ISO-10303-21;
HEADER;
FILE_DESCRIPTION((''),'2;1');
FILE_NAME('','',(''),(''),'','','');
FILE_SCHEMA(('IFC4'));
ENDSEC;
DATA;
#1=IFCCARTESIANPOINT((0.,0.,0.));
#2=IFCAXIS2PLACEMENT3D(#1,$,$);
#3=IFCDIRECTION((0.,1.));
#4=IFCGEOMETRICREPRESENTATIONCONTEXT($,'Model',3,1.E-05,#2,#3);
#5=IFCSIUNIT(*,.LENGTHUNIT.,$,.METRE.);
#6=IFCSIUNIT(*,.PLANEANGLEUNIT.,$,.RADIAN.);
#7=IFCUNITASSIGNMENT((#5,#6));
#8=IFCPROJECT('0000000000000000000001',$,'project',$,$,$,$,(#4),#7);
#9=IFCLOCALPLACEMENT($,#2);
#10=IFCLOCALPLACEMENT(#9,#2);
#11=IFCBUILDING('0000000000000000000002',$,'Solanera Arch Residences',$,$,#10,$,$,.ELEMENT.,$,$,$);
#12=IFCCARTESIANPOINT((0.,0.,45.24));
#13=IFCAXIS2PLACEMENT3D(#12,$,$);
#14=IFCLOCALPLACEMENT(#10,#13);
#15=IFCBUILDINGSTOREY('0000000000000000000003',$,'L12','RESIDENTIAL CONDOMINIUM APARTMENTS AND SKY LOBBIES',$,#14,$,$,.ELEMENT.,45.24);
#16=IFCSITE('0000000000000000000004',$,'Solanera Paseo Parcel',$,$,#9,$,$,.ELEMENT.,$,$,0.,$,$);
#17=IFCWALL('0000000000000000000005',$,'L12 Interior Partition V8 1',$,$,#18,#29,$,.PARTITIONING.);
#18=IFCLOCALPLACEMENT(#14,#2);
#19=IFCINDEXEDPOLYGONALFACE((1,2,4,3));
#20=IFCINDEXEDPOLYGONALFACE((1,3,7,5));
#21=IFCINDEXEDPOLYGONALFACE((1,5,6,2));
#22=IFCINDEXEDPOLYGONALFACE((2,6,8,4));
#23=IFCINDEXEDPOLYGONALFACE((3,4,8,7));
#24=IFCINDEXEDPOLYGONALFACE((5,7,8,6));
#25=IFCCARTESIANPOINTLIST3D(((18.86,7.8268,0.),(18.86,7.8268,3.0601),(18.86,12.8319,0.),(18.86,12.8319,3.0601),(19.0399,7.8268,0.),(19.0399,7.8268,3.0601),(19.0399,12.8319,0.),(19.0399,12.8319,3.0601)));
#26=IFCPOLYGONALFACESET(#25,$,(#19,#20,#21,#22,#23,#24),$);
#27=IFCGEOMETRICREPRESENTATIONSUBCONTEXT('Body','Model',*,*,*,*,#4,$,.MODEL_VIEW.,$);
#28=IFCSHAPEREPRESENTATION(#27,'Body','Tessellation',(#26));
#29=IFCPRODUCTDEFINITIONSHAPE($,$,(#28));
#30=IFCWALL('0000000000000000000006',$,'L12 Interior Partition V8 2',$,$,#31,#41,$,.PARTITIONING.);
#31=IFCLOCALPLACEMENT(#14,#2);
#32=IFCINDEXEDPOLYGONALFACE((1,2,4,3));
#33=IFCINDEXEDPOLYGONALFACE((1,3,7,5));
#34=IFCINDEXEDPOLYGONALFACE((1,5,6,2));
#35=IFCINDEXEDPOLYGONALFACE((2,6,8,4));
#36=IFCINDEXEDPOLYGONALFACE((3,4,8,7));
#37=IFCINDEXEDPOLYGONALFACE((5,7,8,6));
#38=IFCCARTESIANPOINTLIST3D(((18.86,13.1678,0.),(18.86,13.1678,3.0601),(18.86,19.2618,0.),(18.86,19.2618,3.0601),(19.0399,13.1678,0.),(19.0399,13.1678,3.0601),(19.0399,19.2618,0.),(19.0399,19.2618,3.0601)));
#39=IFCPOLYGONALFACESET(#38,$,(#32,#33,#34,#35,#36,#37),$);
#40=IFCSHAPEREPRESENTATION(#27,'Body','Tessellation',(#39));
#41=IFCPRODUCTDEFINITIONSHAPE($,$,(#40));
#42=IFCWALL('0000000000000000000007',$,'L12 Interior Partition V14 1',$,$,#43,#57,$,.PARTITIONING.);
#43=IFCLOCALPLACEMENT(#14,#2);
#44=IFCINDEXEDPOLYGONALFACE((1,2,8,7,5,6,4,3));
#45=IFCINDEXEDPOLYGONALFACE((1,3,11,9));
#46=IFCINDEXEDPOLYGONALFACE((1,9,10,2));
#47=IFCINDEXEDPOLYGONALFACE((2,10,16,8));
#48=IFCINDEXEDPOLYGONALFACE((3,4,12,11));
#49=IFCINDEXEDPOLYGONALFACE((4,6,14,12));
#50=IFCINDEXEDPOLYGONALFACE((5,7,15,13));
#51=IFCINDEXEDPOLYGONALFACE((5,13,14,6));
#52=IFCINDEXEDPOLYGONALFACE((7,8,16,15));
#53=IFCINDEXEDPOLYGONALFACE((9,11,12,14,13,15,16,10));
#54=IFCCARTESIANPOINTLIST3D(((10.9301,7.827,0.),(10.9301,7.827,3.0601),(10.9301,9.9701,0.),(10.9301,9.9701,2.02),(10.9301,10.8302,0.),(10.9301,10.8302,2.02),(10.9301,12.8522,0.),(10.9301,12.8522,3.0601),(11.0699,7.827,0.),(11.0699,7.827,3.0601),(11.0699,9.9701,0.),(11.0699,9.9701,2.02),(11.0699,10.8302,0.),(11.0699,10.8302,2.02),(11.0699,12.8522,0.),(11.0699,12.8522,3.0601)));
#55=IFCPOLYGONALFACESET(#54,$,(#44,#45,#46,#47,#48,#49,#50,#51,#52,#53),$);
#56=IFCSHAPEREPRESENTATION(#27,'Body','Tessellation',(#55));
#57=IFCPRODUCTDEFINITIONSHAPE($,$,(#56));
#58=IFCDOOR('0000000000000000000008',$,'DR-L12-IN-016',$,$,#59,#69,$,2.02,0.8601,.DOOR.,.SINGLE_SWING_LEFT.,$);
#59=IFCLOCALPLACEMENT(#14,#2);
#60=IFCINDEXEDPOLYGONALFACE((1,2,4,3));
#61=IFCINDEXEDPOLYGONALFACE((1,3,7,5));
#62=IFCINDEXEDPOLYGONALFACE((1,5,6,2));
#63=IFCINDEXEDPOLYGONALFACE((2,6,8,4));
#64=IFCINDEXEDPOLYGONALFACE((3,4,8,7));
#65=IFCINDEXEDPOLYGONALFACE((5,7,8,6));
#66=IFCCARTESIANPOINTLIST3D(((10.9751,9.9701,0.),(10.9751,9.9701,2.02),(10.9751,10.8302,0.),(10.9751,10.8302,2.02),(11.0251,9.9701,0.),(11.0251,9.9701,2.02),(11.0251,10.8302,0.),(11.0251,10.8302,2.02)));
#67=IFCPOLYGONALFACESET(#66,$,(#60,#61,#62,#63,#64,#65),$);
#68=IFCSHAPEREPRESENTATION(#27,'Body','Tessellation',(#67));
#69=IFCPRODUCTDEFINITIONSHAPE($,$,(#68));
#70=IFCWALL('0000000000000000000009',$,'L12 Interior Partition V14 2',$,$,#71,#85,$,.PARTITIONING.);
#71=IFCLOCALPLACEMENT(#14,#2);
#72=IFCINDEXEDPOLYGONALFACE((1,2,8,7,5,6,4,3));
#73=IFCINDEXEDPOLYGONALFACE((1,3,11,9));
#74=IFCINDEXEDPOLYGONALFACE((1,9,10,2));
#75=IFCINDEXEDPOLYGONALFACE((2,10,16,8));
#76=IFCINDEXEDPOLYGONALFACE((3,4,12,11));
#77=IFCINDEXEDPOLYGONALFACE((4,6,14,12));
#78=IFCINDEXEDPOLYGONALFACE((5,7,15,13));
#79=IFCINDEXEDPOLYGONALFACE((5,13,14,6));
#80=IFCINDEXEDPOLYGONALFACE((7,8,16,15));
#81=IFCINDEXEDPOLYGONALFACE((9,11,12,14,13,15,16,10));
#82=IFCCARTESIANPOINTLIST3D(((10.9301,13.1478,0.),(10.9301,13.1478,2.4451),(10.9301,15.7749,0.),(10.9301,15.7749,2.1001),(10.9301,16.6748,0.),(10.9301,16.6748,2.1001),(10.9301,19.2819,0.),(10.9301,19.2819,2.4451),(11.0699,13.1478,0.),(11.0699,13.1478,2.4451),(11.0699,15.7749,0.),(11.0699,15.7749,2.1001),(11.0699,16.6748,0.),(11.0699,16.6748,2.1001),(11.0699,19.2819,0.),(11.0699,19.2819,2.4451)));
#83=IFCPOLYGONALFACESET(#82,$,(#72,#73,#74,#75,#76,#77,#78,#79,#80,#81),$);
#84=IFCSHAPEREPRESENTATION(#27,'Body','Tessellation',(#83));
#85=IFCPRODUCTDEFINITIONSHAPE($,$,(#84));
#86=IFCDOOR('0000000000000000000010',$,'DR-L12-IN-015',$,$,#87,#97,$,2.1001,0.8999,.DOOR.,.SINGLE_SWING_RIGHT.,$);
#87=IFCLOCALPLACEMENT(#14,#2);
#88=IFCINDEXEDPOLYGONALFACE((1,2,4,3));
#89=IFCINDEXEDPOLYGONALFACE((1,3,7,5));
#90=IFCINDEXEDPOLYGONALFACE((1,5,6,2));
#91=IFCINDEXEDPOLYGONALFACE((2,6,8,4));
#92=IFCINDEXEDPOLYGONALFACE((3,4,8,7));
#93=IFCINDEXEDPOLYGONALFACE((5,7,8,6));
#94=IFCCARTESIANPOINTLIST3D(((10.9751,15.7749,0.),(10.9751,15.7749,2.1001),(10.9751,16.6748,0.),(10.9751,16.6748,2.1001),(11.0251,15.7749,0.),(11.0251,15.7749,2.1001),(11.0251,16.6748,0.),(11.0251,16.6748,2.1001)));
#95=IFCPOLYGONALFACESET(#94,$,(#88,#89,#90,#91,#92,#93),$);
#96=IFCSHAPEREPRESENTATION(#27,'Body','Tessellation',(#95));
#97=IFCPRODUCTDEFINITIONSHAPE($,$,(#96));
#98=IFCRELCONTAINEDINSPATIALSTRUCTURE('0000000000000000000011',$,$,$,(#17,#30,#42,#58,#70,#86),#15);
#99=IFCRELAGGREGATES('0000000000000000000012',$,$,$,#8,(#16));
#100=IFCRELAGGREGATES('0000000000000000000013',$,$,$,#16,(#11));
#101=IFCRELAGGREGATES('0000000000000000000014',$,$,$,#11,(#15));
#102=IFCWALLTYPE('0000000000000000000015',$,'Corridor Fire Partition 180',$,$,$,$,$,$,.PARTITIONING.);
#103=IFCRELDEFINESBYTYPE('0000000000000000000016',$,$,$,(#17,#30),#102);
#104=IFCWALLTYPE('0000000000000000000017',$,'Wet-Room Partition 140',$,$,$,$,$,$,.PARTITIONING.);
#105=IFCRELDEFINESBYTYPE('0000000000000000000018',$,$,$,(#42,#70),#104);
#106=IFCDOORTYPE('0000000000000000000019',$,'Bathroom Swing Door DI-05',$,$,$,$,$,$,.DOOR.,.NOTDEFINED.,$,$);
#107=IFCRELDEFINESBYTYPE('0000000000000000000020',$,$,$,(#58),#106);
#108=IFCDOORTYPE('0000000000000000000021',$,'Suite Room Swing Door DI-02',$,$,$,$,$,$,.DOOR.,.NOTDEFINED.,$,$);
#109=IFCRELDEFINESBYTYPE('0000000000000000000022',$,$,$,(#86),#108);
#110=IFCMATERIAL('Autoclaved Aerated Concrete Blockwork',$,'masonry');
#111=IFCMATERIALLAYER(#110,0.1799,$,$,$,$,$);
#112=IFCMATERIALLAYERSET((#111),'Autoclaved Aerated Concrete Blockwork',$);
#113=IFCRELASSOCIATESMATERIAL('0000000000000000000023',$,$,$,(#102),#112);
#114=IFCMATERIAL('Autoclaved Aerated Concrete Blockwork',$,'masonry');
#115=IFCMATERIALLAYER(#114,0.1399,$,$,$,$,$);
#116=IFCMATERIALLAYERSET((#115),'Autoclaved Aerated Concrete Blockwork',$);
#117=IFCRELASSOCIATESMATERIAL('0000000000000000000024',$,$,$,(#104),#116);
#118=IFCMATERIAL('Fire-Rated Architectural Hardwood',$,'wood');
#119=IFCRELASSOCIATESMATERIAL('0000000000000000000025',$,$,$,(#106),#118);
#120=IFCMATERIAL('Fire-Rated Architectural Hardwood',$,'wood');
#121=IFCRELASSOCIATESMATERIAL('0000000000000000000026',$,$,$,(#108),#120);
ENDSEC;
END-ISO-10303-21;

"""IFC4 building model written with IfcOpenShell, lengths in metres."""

from ifc_helpers import new_model, si_unit, direction, frame, frame_2d, origin, place, context, subcontext, project, spatial, rectangle, extrude, material, layer, layer_set, type_object, element, fill, save


model = new_model("IFC4")

# Units and contexts
model_context = context("Model", 3, precision=1e-05, world=origin(), true_north=direction((0.0, 1.0)))
body_context = subcontext(model_context, "Body", "Model", "MODEL_VIEW")
ifc_project = project(units=[si_unit("LENGTHUNIT", "METRE"), si_unit("PLANEANGLEUNIT", "RADIAN")], contexts=[model_context])

# Site, building, storey
site_placement = place(None, origin())
site = spatial("IfcSite", under=ifc_project, at=site_placement, Name="Solanera Paseo Parcel", CompositionType="ELEMENT", RefElevation=0.0)
building_placement = place(site_placement, origin())
building = spatial("IfcBuilding", under=site, at=building_placement, Name="Solanera Arch Residences", CompositionType="ELEMENT")
storey_placement = place(building_placement, frame((0.0, 0.0, 45.24)))
storey = spatial("IfcBuildingStorey", under=building, at=storey_placement, Name="L12", Description="RESIDENTIAL CONDOMINIUM APARTMENTS AND SKY LOBBIES", CompositionType="ELEMENT", Elevation=45.24)

# Walls
ifc_material_1 = material(Name="Autoclaved Aerated Concrete Blockwork", Category="masonry")
ifc_layer_1 = layer(ifc_material_1, 0.1799)
ifc_layer_set_1 = layer_set([ifc_layer_1], Name="Autoclaved Aerated Concrete Blockwork")
wall_type_1 = type_object("IfcWallType", Name="Corridor Fire Partition 180", PredefinedType="PARTITIONING", material=ifc_layer_set_1)
wall_1_placement = place(storey_placement, frame((18.95, 7.8269, 0.0), z_axis=(0.0, 0.0, 1.0), x_axis=(0.0, 1.0, 0.0)))
element("IfcWall", 1, at=wall_1_placement, inside=storey, type_object=wall_type_1, Name="L12 Interior Partition V8 1", PredefinedType="PARTITIONING", context=body_context, shape_type="SweptSolid", body=[
    extrude(rectangle(XDim=5.0051, YDim=0.1799, at=frame_2d((2.5024, 0.0))), origin(), (0.0, 0.0, 1.0), 3.0601),
])
wall_2_placement = place(storey_placement, frame((18.95, 13.168, 0.0), z_axis=(0.0, 0.0, 1.0), x_axis=(0.0, 1.0, 0.0)))
element("IfcWall", 2, at=wall_2_placement, inside=storey, type_object=wall_type_1, Name="L12 Interior Partition V8 2", PredefinedType="PARTITIONING", context=body_context, shape_type="SweptSolid", body=[
    extrude(rectangle(XDim=6.094, YDim=0.1799, at=frame_2d((3.0469, 0.0))), origin(), (0.0, 0.0, 1.0), 3.0601),
])

# Walls, openings, doors
ifc_material_2 = material(Name="Autoclaved Aerated Concrete Blockwork", Category="masonry")
ifc_layer_2 = layer(ifc_material_2, 0.1399)
ifc_layer_set_2 = layer_set([ifc_layer_2], Name="Autoclaved Aerated Concrete Blockwork")
wall_type_2 = type_object("IfcWallType", Name="Wet-Room Partition 140", PredefinedType="PARTITIONING", material=ifc_layer_set_2)
wall_3_placement = place(storey_placement, frame((11.0, 7.8269, 0.0), z_axis=(0.0, 0.0, 1.0), x_axis=(0.0, 1.0, 0.0)))
wall_3 = element("IfcWall", 3, at=wall_3_placement, inside=storey, type_object=wall_type_2, Name="L12 Interior Partition V14 1", PredefinedType="PARTITIONING", context=body_context, shape_type="SweptSolid", body=[
    extrude(rectangle(XDim=5.0251, YDim=0.1399, at=frame_2d((2.5127, 0.0))), origin(), (0.0, 0.0, 1.0), 3.0601),
])
opening_1_placement = place(wall_3_placement, frame((2.1431, 0.0, 0.0)))
opening_1 = element("IfcOpeningElement", 4, at=opening_1_placement, cuts=wall_3, PredefinedType="OPENING", context=body_context, shape_type="SweptSolid", body=[
    extrude(rectangle(XDim=0.8601, YDim=2.02, at=frame_2d((0.4302, 1.01))), frame((0.0, 0.0798, 0.0), z_axis=(0.0, -1.0, 0.0), x_axis=(1.0, 0.0, 0.0)), (0.0, 0.0, 1.0), 0.1599),
])
ifc_material_3 = material(Name="Fire-Rated Architectural Hardwood", Category="wood")
door_type_1 = type_object("IfcDoorType", Name="Bathroom Swing Door DI-05", OperationType="NOTDEFINED", PredefinedType="DOOR", material=ifc_material_3)
door_1_placement = place(opening_1_placement, origin())
door_1 = element("IfcDoor", 5, at=door_1_placement, inside=storey, type_object=door_type_1, Name="DR-L12-IN-016", OperationType="SINGLE_SWING_LEFT", OverallHeight=2.02, OverallWidth=0.8601, PredefinedType="DOOR", context=body_context, shape_type="SweptSolid", body=[
    extrude(rectangle(XDim=0.8601, YDim=2.02, at=frame_2d((0.4302, 1.01))), frame((0.0, 0.0249, 0.0), z_axis=(0.0, -1.0, 0.0), x_axis=(1.0, 0.0, 0.0)), (0.0, 0.0, 1.0), 0.05),
])
fill(opening_1, door_1)
wall_4_placement = place(storey_placement, frame((11.0, 13.1479, 0.0), z_axis=(0.0, 0.0, 1.0), x_axis=(0.0, 1.0, 0.0)))
wall_4 = element("IfcWall", 6, at=wall_4_placement, inside=storey, type_object=wall_type_2, Name="L12 Interior Partition V14 2", PredefinedType="PARTITIONING", context=body_context, shape_type="SweptSolid", body=[
    extrude(rectangle(XDim=6.134, YDim=0.1399, at=frame_2d((3.0669, 0.0))), origin(), (0.0, 0.0, 1.0), 2.4451),
])
opening_2_placement = place(wall_4_placement, frame((2.627, 0.0, 0.0)))
opening_2 = element("IfcOpeningElement", 7, at=opening_2_placement, cuts=wall_4, PredefinedType="OPENING", context=body_context, shape_type="SweptSolid", body=[
    extrude(rectangle(XDim=0.8999, YDim=2.1001, at=frame_2d((0.45, 1.05))), frame((0.0, 0.0798, 0.0), z_axis=(0.0, -1.0, 0.0), x_axis=(1.0, 0.0, 0.0)), (0.0, 0.0, 1.0), 0.1599),
])
ifc_material_4 = material(Name="Fire-Rated Architectural Hardwood", Category="wood")
door_type_2 = type_object("IfcDoorType", Name="Suite Room Swing Door DI-02", OperationType="NOTDEFINED", PredefinedType="DOOR", material=ifc_material_4)
door_2_placement = place(opening_2_placement, origin())
door_2 = element("IfcDoor", 8, at=door_2_placement, inside=storey, type_object=door_type_2, Name="DR-L12-IN-015", OperationType="SINGLE_SWING_RIGHT", OverallHeight=2.1001, OverallWidth=0.8999, PredefinedType="DOOR", context=body_context, shape_type="SweptSolid", body=[
    extrude(rectangle(XDim=0.8999, YDim=2.1001, at=frame_2d((0.45, 1.05))), frame((0.0, 0.0249, 0.0), z_axis=(0.0, -1.0, 0.0), x_axis=(1.0, 0.0, 0.0)), (0.0, 0.0, 1.0), 0.05),
])
fill(opening_2, door_2)

save(model, "model.ifc")
